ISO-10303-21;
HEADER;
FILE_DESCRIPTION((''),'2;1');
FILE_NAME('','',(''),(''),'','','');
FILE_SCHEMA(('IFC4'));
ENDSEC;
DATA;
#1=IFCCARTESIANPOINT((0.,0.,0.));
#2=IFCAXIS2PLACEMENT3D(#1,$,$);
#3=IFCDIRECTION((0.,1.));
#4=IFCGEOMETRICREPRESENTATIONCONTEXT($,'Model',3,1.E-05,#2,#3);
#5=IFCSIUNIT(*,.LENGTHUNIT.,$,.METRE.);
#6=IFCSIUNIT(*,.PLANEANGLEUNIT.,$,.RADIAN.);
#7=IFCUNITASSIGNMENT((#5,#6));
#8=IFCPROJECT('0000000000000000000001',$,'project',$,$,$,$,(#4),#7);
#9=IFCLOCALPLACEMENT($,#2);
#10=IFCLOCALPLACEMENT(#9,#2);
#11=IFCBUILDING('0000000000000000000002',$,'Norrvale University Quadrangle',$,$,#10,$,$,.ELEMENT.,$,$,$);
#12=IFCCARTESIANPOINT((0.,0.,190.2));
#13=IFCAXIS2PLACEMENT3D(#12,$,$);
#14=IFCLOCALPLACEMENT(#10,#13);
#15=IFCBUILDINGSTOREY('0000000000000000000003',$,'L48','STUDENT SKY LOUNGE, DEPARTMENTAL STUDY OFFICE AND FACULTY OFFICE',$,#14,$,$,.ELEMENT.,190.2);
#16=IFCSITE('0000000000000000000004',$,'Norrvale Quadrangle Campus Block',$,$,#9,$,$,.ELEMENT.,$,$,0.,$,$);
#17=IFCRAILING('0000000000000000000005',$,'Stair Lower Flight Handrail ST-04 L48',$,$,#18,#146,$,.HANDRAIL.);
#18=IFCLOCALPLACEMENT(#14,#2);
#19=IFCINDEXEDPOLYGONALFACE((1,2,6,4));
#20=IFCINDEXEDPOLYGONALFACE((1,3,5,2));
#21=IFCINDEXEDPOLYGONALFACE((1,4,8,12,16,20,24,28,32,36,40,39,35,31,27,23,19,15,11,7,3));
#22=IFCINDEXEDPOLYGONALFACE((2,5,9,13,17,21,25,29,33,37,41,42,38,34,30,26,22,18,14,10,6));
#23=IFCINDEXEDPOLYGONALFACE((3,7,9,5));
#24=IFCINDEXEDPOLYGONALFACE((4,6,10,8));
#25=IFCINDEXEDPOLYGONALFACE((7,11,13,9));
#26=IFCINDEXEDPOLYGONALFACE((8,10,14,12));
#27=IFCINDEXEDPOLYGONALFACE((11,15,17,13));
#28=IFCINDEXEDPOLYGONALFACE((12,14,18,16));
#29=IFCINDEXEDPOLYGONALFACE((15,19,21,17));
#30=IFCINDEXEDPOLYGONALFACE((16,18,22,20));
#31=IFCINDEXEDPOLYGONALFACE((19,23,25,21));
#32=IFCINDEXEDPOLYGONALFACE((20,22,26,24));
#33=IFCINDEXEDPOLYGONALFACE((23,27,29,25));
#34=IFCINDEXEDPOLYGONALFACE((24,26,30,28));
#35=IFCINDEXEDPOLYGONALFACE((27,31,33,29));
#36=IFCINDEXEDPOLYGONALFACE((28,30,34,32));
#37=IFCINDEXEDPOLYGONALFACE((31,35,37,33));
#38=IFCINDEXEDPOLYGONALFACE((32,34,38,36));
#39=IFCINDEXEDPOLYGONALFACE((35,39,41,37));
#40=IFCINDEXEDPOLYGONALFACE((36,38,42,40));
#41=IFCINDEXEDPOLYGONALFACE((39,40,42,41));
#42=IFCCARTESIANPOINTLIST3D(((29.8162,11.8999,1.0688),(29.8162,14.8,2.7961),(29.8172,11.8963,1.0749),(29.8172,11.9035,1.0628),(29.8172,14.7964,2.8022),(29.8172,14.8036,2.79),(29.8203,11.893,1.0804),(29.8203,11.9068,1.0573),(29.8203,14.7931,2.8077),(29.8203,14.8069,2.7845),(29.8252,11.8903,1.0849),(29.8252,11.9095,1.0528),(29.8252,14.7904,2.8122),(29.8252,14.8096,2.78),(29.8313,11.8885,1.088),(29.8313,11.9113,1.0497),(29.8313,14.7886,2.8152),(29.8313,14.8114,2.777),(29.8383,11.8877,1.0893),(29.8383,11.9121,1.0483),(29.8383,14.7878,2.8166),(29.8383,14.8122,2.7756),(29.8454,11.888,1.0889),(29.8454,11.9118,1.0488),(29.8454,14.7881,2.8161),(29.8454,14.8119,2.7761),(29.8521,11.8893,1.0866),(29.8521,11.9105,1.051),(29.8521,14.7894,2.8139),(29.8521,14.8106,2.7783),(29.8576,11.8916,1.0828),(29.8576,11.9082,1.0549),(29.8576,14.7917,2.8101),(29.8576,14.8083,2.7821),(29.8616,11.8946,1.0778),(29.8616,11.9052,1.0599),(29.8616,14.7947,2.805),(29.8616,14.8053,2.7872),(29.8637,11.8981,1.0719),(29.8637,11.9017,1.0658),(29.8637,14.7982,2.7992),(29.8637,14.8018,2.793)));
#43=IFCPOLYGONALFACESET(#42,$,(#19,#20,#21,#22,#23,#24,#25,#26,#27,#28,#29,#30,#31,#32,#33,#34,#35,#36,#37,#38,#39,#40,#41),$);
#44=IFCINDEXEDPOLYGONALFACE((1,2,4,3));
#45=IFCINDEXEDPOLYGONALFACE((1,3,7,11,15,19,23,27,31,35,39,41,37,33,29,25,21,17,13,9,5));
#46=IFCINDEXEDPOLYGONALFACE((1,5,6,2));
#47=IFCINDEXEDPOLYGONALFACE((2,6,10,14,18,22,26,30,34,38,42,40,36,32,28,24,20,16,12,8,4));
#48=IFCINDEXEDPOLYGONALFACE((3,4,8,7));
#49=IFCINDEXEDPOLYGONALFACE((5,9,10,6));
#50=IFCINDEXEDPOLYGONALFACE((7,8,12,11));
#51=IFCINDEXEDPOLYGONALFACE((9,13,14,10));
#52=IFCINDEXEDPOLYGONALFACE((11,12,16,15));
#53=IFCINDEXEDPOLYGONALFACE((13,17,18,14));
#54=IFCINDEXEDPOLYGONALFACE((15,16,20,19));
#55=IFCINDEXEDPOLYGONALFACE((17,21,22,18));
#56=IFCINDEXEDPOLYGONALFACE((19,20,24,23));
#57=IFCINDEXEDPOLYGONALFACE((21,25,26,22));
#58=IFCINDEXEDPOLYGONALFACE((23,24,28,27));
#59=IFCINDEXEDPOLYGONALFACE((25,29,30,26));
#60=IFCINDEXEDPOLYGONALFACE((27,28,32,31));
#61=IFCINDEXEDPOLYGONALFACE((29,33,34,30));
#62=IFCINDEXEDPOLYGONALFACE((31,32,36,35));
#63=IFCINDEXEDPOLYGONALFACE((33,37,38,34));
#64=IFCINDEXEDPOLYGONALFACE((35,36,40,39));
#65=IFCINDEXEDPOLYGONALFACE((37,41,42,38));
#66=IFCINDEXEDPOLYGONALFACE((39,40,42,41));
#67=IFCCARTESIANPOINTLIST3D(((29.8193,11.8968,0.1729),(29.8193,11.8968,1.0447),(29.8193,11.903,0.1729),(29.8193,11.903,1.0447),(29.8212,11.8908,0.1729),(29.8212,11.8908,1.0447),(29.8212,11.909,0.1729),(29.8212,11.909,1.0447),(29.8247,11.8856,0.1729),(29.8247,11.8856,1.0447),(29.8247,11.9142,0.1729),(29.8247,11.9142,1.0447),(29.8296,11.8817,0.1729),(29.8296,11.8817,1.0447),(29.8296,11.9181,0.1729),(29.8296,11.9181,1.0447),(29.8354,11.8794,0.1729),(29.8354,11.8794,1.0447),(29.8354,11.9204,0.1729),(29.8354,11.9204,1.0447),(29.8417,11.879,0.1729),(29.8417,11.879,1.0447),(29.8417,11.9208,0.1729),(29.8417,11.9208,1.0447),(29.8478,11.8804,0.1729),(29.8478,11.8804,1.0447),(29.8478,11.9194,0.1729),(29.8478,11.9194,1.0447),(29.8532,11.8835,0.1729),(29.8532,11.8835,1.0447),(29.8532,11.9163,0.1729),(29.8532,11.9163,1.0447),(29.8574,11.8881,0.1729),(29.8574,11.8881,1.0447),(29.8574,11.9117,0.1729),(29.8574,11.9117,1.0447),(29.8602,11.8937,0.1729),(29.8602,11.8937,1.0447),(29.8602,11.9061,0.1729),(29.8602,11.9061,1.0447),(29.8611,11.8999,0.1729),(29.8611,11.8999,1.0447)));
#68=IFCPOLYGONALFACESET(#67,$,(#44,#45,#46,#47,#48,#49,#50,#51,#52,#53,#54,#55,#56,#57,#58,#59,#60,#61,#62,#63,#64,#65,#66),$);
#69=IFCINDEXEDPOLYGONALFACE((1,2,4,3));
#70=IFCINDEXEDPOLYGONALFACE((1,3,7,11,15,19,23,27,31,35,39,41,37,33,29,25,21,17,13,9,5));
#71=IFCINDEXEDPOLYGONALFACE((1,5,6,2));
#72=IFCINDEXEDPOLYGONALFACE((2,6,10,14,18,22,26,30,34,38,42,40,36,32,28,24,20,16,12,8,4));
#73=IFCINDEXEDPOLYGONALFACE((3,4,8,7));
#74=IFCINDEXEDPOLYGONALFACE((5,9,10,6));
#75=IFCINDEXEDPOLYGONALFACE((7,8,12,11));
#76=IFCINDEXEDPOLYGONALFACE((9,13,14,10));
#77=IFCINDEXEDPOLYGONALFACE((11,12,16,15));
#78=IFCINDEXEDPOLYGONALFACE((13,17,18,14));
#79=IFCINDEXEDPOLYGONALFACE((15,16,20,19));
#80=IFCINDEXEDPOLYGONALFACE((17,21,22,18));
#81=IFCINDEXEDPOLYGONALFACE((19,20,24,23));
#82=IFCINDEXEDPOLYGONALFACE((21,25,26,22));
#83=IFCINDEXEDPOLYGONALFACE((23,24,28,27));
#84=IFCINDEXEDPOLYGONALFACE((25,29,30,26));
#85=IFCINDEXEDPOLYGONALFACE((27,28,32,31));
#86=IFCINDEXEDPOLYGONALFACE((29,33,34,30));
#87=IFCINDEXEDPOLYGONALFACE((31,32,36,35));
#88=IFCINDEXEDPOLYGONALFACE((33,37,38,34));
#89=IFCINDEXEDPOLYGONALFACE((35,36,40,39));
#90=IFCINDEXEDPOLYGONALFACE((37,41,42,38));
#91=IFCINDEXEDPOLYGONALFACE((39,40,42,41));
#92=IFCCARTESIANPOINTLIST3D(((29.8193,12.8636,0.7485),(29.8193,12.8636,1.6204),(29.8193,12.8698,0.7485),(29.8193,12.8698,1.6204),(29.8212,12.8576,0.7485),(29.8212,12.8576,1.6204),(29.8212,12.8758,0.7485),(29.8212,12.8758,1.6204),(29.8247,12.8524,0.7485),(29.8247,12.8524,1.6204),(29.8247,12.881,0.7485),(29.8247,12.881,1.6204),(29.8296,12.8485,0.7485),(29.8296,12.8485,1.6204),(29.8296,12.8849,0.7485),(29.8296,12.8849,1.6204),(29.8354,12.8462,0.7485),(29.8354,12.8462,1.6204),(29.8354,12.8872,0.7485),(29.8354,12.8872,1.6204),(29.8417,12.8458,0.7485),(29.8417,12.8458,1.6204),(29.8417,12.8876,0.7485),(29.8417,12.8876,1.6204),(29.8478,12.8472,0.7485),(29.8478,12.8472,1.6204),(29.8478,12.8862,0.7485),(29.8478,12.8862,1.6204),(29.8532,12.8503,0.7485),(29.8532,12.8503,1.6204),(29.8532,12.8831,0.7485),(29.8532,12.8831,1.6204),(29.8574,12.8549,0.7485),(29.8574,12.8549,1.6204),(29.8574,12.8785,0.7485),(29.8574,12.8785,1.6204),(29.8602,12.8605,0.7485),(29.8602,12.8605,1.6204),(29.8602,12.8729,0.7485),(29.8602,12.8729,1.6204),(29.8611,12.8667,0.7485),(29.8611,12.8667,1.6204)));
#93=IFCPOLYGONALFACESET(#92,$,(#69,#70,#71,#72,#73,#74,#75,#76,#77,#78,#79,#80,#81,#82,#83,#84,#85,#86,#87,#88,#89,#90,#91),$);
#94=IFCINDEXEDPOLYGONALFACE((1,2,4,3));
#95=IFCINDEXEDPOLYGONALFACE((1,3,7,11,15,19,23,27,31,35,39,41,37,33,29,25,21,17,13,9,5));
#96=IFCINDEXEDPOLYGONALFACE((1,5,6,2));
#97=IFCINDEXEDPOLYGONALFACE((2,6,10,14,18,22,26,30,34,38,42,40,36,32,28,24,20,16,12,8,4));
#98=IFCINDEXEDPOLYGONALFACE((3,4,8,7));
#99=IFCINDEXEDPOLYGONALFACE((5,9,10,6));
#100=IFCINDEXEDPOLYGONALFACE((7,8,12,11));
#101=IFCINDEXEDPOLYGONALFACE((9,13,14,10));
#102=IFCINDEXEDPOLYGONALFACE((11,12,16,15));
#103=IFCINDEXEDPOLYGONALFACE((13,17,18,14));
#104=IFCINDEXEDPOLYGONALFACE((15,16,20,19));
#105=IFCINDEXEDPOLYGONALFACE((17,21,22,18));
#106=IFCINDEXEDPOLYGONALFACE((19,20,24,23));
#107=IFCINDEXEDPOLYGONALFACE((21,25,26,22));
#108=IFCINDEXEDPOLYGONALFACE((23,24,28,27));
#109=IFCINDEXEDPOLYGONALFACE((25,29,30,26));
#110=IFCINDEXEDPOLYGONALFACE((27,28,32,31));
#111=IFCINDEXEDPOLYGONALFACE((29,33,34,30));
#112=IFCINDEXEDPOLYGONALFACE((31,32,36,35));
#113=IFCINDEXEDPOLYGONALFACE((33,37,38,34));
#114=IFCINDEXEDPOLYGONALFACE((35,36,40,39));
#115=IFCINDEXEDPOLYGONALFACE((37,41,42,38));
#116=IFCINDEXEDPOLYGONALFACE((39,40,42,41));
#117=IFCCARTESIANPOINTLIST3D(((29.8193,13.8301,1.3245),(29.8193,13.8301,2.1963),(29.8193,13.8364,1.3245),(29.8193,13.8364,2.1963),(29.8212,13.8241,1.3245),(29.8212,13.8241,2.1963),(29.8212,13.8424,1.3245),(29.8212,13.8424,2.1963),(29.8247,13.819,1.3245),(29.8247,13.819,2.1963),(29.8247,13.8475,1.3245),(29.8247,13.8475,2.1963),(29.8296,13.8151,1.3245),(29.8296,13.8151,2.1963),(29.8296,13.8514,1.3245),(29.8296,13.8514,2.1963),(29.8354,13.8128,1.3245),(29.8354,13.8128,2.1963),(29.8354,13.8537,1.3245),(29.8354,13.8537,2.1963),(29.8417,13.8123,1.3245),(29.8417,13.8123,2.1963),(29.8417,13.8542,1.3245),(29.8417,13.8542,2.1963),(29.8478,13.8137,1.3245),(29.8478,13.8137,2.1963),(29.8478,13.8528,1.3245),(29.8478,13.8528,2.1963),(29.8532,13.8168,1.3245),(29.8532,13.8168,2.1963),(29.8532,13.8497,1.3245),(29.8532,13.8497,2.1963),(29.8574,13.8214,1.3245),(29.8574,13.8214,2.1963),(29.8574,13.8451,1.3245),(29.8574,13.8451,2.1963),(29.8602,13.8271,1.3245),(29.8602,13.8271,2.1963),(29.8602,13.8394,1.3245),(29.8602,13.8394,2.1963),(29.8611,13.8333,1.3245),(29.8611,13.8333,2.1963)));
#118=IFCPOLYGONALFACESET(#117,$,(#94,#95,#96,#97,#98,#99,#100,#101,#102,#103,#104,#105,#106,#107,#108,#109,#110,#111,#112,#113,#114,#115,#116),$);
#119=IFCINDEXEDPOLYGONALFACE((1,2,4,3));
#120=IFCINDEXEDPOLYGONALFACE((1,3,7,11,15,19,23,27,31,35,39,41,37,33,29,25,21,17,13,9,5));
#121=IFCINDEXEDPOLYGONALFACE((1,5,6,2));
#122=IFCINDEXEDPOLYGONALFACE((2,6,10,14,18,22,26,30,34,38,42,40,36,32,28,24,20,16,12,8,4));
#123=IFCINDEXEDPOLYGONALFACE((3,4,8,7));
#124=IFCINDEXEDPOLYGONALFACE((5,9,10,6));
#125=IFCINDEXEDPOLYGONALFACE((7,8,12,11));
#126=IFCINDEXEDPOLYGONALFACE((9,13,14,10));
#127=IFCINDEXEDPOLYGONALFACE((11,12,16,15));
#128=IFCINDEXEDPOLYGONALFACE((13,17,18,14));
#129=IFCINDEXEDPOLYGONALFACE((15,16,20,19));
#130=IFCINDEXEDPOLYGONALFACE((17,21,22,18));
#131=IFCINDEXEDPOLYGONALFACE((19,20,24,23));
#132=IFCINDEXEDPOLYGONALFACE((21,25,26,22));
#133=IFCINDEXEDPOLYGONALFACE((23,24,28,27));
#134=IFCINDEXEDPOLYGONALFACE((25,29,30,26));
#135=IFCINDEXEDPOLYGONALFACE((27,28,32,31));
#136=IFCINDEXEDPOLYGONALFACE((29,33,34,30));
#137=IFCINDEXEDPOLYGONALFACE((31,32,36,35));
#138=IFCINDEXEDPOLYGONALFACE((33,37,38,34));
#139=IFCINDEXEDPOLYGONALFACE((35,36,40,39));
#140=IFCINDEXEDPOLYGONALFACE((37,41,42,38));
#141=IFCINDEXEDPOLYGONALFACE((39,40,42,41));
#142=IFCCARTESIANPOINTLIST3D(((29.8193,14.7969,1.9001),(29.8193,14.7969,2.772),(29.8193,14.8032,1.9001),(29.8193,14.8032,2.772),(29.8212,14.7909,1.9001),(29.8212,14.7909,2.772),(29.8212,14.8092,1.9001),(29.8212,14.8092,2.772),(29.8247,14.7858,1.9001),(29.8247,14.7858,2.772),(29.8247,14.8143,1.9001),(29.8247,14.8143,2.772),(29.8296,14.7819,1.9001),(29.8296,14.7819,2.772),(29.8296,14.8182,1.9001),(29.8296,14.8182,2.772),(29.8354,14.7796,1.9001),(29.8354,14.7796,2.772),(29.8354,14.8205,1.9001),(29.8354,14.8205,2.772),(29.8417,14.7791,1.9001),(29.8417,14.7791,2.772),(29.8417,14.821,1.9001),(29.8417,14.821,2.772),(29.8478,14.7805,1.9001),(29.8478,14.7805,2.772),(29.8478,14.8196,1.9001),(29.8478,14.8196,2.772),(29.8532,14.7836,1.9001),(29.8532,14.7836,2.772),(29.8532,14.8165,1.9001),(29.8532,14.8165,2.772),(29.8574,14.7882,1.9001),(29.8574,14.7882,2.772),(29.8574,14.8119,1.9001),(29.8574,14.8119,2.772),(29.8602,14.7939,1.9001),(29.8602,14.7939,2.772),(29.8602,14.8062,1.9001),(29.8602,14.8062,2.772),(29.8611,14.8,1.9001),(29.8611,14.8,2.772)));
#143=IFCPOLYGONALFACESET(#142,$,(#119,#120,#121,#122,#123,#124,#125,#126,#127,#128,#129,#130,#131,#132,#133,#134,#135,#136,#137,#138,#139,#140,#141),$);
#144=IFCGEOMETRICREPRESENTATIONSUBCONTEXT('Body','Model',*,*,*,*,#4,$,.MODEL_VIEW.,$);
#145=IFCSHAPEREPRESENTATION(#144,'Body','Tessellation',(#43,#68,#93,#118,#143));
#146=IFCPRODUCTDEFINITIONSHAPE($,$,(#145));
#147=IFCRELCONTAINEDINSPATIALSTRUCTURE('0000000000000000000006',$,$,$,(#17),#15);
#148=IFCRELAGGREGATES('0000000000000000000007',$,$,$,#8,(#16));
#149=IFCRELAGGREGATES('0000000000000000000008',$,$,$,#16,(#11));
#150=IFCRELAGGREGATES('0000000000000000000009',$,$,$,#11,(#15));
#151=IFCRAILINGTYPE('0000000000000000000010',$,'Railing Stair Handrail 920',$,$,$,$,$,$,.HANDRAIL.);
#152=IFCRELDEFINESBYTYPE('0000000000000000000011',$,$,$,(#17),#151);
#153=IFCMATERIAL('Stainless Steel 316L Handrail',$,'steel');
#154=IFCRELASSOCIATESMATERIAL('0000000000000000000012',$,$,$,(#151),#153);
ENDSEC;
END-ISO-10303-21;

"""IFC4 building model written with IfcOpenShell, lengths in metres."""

from ifc_helpers import new_model, si_unit, direction, frame, origin, origin_2d, place, context, subcontext, project, spatial, circle, extrude, material, type_object, element, save


model = new_model("IFC4")

# Units and contexts
model_context = context("Model", 3, precision=1e-05, world=origin(), true_north=direction((0.0, 1.0)))
body_context = subcontext(model_context, "Body", "Model", "MODEL_VIEW")
ifc_project = project(units=[si_unit("LENGTHUNIT", "METRE"), si_unit("PLANEANGLEUNIT", "RADIAN")], contexts=[model_context])

# Site, building, storey
site_placement = place(None, origin())
site = spatial("IfcSite", under=ifc_project, at=site_placement, Name="Norrvale Quadrangle Campus Block", CompositionType="ELEMENT", RefElevation=0.0)
building_placement = place(site_placement, origin())
building = spatial("IfcBuilding", under=site, at=building_placement, Name="Norrvale University Quadrangle", CompositionType="ELEMENT")
storey_placement = place(building_placement, frame((0.0, 0.0, 190.2)))
storey = spatial("IfcBuildingStorey", under=building, at=storey_placement, Name="L48", Description="STUDENT SKY LOUNGE, DEPARTMENTAL STUDY OFFICE AND FACULTY OFFICE", CompositionType="ELEMENT", Elevation=190.2)

# Railing
ifc_material_1 = material(Name="Stainless Steel 316L Handrail", Category="steel")
railing_type = type_object("IfcRailingType", Name="Railing Stair Handrail 920", PredefinedType="HANDRAIL", material=ifc_material_1)
railing_placement = place(storey_placement, frame((29.8401, 11.8999, 0.1729)))
element("IfcRailing", 1, at=railing_placement, inside=storey, type_object=railing_type, Name="Stair Lower Flight Handrail ST-04 L48", PredefinedType="HANDRAIL", context=body_context, shape_type="SweptSolid", body=[
    extrude(circle(Radius=0.0239, at=origin_2d()), frame((0.0, 0.0, 0.896), z_axis=(0.0, 0.85916, 0.511706), x_axis=(-1.0, 0.0, 0.0)), (0.0, 0.0, 1.0), 3.3755),
    extrude(circle(Radius=0.021, at=origin_2d()), origin(), (0.0, 0.0, 1.0), 0.8718),
    extrude(circle(Radius=0.021, at=origin_2d()), frame((0.0, 0.9668, 0.5757)), (0.0, 0.0, 1.0), 0.8718),
    extrude(circle(Radius=0.021, at=origin_2d()), frame((0.0, 1.9333, 1.1516)), (0.0, 0.0, 1.0), 0.8718),
    extrude(circle(Radius=0.021, at=origin_2d()), frame((0.0, 2.9001, 1.7273)), (0.0, 0.0, 1.0), 0.8718),
])

save(model, "model.ifc")
